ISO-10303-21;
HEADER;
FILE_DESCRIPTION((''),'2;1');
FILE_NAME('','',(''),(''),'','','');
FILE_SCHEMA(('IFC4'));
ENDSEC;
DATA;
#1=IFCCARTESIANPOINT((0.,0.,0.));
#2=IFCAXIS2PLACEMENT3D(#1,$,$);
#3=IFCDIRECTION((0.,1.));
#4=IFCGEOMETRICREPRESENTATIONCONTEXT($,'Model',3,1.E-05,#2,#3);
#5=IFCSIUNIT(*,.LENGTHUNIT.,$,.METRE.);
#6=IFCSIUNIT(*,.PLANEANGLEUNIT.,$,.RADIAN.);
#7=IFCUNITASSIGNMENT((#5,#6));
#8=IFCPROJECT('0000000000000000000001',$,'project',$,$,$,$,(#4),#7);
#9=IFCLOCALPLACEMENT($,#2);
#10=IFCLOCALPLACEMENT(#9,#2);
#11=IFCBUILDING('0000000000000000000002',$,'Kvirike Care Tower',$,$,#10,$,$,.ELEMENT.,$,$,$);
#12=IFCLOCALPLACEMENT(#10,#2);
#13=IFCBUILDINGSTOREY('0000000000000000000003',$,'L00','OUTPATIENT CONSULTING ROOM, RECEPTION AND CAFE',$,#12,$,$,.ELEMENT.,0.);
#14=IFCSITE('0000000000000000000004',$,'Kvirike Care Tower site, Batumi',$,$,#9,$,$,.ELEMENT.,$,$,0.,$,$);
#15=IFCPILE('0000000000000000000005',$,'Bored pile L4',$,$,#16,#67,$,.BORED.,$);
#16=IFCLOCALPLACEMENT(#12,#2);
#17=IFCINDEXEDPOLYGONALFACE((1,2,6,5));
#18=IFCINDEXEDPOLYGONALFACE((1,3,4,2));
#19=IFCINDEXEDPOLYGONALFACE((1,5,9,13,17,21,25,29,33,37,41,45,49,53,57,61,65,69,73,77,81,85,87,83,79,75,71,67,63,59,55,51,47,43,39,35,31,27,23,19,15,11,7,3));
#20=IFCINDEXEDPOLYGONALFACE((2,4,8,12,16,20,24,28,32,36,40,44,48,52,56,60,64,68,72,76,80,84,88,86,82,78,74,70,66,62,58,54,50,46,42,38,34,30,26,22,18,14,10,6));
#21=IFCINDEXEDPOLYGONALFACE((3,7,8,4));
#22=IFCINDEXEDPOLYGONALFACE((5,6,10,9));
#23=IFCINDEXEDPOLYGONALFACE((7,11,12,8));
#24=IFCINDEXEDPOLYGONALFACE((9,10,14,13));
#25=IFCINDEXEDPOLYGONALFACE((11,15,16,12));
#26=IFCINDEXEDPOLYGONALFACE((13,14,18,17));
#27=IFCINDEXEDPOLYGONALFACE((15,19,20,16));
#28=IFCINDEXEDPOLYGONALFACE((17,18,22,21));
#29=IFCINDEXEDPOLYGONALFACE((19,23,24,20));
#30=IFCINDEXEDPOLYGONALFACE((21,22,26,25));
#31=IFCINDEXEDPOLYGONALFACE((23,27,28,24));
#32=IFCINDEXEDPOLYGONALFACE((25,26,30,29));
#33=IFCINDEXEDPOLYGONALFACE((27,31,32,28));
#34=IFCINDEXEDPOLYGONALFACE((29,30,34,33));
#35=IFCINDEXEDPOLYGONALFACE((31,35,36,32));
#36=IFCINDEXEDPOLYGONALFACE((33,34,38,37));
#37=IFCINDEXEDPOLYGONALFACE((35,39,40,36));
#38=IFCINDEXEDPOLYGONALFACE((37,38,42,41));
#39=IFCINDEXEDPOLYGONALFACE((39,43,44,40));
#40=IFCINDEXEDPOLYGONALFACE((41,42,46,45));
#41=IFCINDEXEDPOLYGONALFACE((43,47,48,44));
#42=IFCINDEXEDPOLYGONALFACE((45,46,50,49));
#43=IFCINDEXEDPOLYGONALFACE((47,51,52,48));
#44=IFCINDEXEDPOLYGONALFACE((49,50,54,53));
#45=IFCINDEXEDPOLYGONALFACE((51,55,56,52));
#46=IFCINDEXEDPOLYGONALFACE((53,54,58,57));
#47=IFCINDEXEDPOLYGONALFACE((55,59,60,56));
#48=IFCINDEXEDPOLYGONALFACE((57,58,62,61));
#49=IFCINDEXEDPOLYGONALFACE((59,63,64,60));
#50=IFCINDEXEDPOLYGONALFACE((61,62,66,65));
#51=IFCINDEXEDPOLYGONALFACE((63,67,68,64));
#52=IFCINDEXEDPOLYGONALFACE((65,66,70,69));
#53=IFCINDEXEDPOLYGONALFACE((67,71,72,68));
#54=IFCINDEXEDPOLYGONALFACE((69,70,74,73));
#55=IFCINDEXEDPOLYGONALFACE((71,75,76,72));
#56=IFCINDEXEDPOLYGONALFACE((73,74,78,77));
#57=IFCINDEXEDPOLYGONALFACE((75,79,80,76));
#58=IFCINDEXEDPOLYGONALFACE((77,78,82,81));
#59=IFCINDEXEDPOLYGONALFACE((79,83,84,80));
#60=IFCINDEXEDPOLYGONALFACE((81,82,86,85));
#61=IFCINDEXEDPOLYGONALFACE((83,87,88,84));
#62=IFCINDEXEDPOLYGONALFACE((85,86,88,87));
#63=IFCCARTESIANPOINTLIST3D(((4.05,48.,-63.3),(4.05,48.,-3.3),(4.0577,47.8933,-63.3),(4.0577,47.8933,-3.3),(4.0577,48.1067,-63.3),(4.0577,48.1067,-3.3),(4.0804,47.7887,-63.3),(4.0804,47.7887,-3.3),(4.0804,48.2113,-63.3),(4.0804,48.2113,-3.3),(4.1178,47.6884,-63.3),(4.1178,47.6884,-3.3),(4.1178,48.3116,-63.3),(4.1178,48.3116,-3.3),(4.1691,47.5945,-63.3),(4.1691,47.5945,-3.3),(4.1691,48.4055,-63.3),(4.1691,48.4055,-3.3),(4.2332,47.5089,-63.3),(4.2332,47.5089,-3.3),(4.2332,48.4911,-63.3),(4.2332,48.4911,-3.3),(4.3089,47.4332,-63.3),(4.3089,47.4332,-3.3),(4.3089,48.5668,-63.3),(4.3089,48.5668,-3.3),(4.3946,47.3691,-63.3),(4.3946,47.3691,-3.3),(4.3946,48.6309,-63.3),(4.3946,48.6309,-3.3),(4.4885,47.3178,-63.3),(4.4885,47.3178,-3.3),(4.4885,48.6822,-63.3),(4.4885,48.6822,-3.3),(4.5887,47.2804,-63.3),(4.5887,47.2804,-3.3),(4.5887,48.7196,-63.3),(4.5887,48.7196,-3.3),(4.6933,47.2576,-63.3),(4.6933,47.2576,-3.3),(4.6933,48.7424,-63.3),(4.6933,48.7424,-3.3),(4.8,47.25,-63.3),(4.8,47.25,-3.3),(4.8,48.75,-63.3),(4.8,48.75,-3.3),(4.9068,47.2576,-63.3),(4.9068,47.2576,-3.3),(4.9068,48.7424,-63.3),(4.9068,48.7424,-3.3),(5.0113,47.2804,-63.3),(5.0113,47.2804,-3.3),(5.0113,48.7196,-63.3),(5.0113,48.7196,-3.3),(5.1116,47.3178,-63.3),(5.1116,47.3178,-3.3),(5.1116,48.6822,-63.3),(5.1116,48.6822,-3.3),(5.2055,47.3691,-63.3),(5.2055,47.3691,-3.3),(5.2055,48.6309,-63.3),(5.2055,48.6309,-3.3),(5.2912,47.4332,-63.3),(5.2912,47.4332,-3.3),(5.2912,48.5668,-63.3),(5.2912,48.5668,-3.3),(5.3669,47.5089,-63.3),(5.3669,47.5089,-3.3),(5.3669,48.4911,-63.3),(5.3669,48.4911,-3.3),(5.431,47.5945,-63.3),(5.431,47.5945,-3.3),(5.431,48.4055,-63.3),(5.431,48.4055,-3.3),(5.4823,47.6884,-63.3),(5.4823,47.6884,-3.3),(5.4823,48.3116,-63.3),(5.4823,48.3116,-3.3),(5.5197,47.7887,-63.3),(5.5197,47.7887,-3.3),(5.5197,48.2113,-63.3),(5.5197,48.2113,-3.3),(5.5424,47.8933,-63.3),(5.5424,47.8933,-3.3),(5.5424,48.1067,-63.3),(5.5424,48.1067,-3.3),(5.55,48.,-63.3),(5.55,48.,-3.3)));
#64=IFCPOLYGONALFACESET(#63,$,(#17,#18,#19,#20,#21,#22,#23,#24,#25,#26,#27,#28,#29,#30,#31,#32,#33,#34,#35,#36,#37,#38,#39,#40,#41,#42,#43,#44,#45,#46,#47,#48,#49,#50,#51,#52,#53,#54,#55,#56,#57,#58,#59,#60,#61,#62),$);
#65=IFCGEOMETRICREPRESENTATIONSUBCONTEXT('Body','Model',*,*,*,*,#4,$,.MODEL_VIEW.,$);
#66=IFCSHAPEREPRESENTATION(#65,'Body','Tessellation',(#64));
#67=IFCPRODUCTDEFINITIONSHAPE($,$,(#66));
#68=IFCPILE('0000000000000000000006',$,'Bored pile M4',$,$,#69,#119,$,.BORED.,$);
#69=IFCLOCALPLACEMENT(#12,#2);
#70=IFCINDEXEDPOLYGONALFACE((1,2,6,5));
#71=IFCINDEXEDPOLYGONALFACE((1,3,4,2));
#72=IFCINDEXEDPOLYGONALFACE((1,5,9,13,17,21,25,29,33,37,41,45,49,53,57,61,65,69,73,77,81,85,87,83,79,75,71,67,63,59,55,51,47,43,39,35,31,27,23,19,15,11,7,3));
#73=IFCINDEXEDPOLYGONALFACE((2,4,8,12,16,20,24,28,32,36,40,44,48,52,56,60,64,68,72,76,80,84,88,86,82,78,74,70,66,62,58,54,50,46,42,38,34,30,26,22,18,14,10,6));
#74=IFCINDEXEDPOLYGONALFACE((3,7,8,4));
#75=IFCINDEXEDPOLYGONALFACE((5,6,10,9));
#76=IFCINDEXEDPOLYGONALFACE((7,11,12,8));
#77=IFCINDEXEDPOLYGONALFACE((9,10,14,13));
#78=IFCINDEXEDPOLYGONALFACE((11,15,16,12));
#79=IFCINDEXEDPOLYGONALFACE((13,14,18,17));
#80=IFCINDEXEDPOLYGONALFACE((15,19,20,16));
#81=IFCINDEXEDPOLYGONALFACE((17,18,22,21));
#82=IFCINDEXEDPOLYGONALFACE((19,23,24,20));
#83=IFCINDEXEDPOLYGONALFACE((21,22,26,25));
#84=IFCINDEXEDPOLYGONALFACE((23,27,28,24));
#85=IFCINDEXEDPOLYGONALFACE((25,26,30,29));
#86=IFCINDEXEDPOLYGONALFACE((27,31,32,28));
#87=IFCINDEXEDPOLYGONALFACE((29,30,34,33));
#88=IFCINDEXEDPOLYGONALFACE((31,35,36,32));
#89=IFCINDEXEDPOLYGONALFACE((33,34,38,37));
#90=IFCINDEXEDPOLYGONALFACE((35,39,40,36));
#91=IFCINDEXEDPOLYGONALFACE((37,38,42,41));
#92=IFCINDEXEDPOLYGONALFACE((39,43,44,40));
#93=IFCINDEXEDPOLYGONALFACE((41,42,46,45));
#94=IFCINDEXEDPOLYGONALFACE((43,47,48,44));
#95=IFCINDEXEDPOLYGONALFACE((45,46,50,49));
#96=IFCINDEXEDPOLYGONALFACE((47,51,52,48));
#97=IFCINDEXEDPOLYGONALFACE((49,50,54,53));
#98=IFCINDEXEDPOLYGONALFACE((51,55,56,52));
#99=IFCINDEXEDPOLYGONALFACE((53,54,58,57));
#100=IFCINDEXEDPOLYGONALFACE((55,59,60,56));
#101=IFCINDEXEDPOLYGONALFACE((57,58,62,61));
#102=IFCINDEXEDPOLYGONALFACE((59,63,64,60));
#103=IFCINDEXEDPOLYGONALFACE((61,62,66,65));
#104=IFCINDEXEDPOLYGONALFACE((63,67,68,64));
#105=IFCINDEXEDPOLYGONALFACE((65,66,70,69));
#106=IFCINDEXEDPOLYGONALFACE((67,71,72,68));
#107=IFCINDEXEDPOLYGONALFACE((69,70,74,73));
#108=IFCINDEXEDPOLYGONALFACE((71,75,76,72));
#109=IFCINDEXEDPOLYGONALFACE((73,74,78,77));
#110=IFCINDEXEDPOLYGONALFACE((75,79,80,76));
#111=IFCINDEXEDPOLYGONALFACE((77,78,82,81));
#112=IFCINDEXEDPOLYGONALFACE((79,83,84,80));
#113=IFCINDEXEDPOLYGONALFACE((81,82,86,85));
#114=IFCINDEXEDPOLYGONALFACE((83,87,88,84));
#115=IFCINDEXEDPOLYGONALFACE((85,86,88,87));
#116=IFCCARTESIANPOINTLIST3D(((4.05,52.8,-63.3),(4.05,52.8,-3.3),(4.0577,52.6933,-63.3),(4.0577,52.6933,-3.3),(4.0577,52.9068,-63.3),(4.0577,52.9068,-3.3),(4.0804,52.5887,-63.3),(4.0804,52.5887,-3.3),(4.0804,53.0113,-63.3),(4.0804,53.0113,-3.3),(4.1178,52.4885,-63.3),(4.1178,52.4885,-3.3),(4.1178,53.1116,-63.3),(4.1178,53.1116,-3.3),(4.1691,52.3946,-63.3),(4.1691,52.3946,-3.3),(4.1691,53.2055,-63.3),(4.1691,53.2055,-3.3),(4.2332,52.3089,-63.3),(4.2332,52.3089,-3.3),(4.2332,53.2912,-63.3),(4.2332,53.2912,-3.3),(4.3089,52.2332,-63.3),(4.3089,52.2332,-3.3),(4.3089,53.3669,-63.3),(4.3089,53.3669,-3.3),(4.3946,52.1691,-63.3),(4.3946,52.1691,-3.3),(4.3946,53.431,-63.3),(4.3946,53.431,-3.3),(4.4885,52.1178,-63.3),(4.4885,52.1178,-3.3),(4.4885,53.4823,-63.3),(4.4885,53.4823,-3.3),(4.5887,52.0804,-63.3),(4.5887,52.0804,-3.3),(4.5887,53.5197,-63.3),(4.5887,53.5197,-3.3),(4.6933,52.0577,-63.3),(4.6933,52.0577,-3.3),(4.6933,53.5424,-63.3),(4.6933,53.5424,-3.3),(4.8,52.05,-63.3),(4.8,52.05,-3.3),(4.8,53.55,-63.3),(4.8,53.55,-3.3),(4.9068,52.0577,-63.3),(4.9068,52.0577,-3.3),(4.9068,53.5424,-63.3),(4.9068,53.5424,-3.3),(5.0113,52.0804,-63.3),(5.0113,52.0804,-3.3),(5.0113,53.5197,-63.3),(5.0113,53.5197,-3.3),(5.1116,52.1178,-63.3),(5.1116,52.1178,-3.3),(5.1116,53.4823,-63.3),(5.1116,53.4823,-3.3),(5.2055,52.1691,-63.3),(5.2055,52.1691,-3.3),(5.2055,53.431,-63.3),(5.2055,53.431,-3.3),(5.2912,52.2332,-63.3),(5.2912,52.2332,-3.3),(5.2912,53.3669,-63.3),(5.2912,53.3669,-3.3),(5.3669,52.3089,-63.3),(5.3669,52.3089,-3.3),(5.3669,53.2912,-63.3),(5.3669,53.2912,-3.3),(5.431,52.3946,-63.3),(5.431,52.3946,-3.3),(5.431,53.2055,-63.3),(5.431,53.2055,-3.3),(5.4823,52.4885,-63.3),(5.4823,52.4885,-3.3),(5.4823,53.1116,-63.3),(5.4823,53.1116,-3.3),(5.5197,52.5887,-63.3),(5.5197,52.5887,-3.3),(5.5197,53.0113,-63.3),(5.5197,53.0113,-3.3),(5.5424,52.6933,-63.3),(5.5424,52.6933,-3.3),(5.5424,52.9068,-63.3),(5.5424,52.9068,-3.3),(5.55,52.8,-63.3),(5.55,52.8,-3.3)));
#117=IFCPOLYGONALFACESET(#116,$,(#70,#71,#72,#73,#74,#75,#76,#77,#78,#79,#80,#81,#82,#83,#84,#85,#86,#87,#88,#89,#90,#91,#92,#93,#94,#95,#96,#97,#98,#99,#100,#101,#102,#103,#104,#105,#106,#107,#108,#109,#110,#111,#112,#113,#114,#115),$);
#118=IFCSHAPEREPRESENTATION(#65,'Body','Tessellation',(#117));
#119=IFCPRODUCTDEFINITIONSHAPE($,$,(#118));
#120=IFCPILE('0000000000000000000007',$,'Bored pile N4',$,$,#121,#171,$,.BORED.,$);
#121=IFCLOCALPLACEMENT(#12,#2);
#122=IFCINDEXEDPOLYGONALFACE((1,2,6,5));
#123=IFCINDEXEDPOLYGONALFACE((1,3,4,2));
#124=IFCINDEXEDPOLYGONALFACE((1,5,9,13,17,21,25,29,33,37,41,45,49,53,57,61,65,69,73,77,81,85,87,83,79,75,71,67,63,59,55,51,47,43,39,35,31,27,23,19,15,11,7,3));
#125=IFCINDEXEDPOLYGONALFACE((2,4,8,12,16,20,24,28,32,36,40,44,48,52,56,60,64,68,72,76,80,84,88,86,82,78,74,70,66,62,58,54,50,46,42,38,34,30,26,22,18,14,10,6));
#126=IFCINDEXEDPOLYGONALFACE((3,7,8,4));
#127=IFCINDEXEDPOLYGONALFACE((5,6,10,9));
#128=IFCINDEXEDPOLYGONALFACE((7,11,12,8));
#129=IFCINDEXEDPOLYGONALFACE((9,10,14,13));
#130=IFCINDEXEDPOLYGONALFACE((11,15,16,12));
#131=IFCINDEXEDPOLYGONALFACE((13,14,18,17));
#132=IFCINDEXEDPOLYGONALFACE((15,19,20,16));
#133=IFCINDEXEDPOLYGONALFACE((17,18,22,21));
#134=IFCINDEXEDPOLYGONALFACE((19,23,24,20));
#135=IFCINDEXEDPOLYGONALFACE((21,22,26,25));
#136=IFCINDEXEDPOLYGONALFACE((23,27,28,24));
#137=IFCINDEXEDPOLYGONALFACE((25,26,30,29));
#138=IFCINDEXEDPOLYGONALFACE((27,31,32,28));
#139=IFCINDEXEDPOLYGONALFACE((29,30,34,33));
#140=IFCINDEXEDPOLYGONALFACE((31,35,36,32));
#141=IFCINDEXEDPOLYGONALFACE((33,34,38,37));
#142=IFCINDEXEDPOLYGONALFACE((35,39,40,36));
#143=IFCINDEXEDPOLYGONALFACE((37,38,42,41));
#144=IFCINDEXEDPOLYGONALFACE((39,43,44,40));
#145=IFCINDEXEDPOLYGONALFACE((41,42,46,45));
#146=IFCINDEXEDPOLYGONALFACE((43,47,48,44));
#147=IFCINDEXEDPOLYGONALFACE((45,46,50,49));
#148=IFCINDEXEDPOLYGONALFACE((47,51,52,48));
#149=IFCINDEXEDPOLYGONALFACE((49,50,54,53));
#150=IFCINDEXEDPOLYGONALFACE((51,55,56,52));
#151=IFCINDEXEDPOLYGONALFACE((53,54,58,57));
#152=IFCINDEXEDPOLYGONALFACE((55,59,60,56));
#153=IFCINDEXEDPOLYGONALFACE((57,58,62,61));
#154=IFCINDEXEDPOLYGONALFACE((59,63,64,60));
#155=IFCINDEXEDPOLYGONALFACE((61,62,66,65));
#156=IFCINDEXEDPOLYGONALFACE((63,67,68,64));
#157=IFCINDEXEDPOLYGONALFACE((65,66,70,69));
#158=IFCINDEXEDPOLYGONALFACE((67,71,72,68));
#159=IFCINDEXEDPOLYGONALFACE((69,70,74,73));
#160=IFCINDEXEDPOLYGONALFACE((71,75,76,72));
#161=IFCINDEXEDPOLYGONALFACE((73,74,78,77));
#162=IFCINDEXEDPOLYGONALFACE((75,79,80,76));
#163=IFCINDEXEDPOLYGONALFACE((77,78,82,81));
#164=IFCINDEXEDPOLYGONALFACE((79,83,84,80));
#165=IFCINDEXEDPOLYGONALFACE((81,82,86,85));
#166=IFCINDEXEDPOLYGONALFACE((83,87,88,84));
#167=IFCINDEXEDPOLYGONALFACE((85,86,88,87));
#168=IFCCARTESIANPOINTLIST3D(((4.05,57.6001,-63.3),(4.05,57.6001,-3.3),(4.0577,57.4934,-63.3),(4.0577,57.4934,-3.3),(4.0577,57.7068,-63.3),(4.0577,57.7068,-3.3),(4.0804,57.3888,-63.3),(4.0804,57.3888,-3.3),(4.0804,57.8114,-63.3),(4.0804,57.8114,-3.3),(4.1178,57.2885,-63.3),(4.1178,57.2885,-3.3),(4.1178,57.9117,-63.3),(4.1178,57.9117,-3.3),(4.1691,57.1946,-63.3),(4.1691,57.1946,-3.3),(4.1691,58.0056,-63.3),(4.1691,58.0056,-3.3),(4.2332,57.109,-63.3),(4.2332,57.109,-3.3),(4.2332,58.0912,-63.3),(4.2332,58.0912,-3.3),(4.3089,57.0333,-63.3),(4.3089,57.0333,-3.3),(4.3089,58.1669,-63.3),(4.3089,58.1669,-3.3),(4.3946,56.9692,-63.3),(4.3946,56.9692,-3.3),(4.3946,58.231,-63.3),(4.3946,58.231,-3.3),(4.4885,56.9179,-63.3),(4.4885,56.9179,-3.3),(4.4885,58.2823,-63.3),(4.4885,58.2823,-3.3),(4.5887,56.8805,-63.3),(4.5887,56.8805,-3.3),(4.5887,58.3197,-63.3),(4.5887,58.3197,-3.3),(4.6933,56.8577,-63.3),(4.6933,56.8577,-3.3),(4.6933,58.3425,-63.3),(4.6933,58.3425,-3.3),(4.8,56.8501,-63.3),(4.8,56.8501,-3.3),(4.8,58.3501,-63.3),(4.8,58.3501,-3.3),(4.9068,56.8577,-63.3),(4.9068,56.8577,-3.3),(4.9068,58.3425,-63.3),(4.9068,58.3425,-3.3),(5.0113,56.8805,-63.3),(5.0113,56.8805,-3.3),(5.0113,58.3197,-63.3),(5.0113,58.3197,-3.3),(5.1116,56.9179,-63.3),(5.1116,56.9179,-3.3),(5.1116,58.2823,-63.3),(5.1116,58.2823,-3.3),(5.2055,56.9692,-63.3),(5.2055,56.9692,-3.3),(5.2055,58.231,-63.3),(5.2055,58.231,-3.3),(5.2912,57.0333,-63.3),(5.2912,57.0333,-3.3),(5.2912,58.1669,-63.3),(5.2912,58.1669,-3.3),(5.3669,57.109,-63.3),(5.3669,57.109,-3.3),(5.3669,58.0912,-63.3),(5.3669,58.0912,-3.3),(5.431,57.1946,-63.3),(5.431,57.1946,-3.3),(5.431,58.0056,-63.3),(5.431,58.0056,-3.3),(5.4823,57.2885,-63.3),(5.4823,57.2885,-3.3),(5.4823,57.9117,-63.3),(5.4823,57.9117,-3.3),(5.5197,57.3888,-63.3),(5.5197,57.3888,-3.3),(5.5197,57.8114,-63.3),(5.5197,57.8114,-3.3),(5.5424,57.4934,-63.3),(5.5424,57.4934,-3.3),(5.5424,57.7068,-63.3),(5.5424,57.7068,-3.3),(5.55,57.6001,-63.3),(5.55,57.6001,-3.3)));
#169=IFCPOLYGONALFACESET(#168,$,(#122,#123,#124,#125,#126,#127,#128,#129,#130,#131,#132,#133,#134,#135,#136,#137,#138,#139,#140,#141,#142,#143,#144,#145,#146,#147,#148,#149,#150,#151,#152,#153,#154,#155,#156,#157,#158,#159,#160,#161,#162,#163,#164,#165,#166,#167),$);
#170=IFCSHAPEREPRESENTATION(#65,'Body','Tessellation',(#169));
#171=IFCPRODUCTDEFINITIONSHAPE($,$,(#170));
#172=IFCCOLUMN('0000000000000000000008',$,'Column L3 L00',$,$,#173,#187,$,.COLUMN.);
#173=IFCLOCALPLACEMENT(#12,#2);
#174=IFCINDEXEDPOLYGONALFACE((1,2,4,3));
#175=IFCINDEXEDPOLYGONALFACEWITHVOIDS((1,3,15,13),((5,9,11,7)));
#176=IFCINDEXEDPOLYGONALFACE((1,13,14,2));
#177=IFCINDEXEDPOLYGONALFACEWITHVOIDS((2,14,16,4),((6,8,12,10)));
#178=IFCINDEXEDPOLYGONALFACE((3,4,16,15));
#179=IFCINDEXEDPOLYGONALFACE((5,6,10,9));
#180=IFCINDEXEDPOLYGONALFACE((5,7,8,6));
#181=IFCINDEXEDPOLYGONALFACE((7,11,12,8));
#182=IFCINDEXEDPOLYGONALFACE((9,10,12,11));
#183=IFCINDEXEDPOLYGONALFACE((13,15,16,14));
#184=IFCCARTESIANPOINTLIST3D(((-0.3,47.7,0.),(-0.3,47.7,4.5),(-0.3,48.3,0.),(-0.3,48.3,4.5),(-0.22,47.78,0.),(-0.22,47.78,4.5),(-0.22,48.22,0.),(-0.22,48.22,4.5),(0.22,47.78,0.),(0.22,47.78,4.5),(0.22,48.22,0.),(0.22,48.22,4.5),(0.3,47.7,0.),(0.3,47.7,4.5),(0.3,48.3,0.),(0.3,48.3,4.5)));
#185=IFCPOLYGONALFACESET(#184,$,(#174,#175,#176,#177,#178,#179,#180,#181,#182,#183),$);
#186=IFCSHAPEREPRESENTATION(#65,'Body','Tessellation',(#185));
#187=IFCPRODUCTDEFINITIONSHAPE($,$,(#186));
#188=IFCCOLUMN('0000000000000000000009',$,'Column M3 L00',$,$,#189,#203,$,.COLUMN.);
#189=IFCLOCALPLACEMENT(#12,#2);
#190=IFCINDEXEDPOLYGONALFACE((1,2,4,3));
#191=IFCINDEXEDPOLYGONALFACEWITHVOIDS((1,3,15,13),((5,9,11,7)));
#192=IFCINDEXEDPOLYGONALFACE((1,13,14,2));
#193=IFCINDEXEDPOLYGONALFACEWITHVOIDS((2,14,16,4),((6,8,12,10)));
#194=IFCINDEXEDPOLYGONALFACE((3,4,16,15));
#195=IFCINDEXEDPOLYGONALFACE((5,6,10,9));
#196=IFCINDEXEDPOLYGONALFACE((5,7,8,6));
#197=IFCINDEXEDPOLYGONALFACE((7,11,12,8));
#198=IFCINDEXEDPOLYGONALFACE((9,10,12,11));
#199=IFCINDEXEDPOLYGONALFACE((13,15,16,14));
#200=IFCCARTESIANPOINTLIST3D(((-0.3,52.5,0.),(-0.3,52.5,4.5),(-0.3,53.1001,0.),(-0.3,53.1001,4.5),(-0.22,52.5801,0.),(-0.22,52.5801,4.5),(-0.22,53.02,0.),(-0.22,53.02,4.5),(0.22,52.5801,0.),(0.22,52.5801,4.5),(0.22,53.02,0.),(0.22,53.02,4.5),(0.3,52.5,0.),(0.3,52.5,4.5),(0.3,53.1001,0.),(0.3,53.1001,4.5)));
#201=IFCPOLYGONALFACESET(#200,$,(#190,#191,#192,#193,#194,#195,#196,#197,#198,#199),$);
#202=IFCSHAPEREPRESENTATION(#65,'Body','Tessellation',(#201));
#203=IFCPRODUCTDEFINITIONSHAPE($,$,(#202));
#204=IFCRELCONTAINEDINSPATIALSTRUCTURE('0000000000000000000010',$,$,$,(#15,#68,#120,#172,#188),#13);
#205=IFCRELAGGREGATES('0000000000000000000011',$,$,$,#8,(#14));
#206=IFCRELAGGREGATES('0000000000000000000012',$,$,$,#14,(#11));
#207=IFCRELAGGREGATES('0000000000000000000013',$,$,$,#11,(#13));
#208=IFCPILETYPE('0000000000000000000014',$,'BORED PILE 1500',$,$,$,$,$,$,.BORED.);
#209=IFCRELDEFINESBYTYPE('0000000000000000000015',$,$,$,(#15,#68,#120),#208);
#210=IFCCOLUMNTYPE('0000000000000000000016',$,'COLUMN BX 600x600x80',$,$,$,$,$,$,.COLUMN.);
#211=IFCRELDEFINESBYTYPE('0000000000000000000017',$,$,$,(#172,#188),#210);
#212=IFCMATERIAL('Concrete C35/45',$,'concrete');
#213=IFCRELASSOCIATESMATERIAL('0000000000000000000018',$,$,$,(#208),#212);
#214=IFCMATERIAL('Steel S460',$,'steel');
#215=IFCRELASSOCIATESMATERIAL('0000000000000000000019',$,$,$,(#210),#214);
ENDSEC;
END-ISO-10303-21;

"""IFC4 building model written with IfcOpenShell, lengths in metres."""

from ifc_helpers import new_model, si_unit, direction, frame, origin, origin_2d, place, context, subcontext, project, spatial, hollow_rectangle, circle, extrude, material, material_profile, profile_set, type_object, element, save


model = new_model("IFC4")

# Units and contexts
model_context = context("Model", 3, precision=1e-05, world=origin(), true_north=direction((0.0, 1.0)))
body_context = subcontext(model_context, "Body", "Model", "MODEL_VIEW")
ifc_project = project(units=[si_unit("LENGTHUNIT", "METRE"), si_unit("PLANEANGLEUNIT", "RADIAN")], contexts=[model_context])

# Site, building, storey
site_placement = place(None, origin())
site = spatial("IfcSite", under=ifc_project, at=site_placement, Name="Kvirike Care Tower site, Batumi", CompositionType="ELEMENT", RefElevation=0.0)
building_placement = place(site_placement, origin())
building = spatial("IfcBuilding", under=site, at=building_placement, Name="Kvirike Care Tower", CompositionType="ELEMENT")
storey_placement = place(building_placement, origin())
storey = spatial("IfcBuildingStorey", under=building, at=storey_placement, Name="L00", Description="OUTPATIENT CONSULTING ROOM, RECEPTION AND CAFE", CompositionType="ELEMENT", Elevation=0.0)

# Piles
ifc_material_1 = material(Name="Concrete C35/45", Category="concrete")
ifc_material_profile_1 = material_profile(ifc_material_1, circle(Radius=0.75, at=origin_2d()), Name="BORED PILE 1500")
ifc_profile_set_1 = profile_set([ifc_material_profile_1], Name="Concrete C35/45")
pile_type = type_object("IfcPileType", Name="BORED PILE 1500", PredefinedType="BORED", material=ifc_profile_set_1)
for number, where, z_axis, x_axis, name in (
    (1, (4.8, 48.0, -3.3), (0.0, 0.0, -1.0), (1.0, 0.0, 0.0), "Bored pile L4"),
    (2, (4.8, 52.8, -3.3), (0.0, 0.0, -1.0), (1.0, 0.0, 0.0), "Bored pile M4"),
    (3, (4.8, 57.6001, -3.3), (0.0, 0.0, -1.0), (1.0, 0.0, 0.0), "Bored pile N4"),
):
    element("IfcPile", number, at=place(storey_placement, frame(where, z_axis=z_axis, x_axis=x_axis)), inside=storey, type_object=pile_type, Name=name, PredefinedType="BORED", context=body_context, shape_type="SweptSolid", body=[
        extrude(circle(Radius=0.75, at=origin_2d()), origin(), (0.0, 0.0, 1.0), 60.0),
    ])

# Columns
ifc_material_2 = material(Name="Steel S460", Category="steel")
ifc_material_profile_2 = material_profile(ifc_material_2, hollow_rectangle(XDim=0.6001, YDim=0.6001, WallThickness=0.0801, at=origin_2d()), Name="BX 600x600x80")
ifc_profile_set_2 = profile_set([ifc_material_profile_2], Name="Steel S460")
column_type = type_object("IfcColumnType", Name="COLUMN BX 600x600x80", PredefinedType="COLUMN", material=ifc_profile_set_2)
for number, where, z_axis, x_axis, name in (
    (4, (0.0, 48.0, 0.0), (0.0, 0.0, 1.0), (1.0, 0.0, 0.0), "Column L3 L00"),
    (5, (0.0, 52.8, 0.0), (0.0, 0.0, 1.0), (0.0, 1.0, 0.0), "Column M3 L00"),
):
    element("IfcColumn", number, at=place(storey_placement, frame(where, z_axis=z_axis, x_axis=x_axis)), inside=storey, type_object=column_type, Name=name, PredefinedType="COLUMN", context=body_context, shape_type="SweptSolid", body=[
        extrude(hollow_rectangle(XDim=0.6001, YDim=0.6001, WallThickness=0.0801, at=origin_2d()), origin(), (0.0, 0.0, 1.0), 4.5),
    ])

save(model, "model.ifc")
